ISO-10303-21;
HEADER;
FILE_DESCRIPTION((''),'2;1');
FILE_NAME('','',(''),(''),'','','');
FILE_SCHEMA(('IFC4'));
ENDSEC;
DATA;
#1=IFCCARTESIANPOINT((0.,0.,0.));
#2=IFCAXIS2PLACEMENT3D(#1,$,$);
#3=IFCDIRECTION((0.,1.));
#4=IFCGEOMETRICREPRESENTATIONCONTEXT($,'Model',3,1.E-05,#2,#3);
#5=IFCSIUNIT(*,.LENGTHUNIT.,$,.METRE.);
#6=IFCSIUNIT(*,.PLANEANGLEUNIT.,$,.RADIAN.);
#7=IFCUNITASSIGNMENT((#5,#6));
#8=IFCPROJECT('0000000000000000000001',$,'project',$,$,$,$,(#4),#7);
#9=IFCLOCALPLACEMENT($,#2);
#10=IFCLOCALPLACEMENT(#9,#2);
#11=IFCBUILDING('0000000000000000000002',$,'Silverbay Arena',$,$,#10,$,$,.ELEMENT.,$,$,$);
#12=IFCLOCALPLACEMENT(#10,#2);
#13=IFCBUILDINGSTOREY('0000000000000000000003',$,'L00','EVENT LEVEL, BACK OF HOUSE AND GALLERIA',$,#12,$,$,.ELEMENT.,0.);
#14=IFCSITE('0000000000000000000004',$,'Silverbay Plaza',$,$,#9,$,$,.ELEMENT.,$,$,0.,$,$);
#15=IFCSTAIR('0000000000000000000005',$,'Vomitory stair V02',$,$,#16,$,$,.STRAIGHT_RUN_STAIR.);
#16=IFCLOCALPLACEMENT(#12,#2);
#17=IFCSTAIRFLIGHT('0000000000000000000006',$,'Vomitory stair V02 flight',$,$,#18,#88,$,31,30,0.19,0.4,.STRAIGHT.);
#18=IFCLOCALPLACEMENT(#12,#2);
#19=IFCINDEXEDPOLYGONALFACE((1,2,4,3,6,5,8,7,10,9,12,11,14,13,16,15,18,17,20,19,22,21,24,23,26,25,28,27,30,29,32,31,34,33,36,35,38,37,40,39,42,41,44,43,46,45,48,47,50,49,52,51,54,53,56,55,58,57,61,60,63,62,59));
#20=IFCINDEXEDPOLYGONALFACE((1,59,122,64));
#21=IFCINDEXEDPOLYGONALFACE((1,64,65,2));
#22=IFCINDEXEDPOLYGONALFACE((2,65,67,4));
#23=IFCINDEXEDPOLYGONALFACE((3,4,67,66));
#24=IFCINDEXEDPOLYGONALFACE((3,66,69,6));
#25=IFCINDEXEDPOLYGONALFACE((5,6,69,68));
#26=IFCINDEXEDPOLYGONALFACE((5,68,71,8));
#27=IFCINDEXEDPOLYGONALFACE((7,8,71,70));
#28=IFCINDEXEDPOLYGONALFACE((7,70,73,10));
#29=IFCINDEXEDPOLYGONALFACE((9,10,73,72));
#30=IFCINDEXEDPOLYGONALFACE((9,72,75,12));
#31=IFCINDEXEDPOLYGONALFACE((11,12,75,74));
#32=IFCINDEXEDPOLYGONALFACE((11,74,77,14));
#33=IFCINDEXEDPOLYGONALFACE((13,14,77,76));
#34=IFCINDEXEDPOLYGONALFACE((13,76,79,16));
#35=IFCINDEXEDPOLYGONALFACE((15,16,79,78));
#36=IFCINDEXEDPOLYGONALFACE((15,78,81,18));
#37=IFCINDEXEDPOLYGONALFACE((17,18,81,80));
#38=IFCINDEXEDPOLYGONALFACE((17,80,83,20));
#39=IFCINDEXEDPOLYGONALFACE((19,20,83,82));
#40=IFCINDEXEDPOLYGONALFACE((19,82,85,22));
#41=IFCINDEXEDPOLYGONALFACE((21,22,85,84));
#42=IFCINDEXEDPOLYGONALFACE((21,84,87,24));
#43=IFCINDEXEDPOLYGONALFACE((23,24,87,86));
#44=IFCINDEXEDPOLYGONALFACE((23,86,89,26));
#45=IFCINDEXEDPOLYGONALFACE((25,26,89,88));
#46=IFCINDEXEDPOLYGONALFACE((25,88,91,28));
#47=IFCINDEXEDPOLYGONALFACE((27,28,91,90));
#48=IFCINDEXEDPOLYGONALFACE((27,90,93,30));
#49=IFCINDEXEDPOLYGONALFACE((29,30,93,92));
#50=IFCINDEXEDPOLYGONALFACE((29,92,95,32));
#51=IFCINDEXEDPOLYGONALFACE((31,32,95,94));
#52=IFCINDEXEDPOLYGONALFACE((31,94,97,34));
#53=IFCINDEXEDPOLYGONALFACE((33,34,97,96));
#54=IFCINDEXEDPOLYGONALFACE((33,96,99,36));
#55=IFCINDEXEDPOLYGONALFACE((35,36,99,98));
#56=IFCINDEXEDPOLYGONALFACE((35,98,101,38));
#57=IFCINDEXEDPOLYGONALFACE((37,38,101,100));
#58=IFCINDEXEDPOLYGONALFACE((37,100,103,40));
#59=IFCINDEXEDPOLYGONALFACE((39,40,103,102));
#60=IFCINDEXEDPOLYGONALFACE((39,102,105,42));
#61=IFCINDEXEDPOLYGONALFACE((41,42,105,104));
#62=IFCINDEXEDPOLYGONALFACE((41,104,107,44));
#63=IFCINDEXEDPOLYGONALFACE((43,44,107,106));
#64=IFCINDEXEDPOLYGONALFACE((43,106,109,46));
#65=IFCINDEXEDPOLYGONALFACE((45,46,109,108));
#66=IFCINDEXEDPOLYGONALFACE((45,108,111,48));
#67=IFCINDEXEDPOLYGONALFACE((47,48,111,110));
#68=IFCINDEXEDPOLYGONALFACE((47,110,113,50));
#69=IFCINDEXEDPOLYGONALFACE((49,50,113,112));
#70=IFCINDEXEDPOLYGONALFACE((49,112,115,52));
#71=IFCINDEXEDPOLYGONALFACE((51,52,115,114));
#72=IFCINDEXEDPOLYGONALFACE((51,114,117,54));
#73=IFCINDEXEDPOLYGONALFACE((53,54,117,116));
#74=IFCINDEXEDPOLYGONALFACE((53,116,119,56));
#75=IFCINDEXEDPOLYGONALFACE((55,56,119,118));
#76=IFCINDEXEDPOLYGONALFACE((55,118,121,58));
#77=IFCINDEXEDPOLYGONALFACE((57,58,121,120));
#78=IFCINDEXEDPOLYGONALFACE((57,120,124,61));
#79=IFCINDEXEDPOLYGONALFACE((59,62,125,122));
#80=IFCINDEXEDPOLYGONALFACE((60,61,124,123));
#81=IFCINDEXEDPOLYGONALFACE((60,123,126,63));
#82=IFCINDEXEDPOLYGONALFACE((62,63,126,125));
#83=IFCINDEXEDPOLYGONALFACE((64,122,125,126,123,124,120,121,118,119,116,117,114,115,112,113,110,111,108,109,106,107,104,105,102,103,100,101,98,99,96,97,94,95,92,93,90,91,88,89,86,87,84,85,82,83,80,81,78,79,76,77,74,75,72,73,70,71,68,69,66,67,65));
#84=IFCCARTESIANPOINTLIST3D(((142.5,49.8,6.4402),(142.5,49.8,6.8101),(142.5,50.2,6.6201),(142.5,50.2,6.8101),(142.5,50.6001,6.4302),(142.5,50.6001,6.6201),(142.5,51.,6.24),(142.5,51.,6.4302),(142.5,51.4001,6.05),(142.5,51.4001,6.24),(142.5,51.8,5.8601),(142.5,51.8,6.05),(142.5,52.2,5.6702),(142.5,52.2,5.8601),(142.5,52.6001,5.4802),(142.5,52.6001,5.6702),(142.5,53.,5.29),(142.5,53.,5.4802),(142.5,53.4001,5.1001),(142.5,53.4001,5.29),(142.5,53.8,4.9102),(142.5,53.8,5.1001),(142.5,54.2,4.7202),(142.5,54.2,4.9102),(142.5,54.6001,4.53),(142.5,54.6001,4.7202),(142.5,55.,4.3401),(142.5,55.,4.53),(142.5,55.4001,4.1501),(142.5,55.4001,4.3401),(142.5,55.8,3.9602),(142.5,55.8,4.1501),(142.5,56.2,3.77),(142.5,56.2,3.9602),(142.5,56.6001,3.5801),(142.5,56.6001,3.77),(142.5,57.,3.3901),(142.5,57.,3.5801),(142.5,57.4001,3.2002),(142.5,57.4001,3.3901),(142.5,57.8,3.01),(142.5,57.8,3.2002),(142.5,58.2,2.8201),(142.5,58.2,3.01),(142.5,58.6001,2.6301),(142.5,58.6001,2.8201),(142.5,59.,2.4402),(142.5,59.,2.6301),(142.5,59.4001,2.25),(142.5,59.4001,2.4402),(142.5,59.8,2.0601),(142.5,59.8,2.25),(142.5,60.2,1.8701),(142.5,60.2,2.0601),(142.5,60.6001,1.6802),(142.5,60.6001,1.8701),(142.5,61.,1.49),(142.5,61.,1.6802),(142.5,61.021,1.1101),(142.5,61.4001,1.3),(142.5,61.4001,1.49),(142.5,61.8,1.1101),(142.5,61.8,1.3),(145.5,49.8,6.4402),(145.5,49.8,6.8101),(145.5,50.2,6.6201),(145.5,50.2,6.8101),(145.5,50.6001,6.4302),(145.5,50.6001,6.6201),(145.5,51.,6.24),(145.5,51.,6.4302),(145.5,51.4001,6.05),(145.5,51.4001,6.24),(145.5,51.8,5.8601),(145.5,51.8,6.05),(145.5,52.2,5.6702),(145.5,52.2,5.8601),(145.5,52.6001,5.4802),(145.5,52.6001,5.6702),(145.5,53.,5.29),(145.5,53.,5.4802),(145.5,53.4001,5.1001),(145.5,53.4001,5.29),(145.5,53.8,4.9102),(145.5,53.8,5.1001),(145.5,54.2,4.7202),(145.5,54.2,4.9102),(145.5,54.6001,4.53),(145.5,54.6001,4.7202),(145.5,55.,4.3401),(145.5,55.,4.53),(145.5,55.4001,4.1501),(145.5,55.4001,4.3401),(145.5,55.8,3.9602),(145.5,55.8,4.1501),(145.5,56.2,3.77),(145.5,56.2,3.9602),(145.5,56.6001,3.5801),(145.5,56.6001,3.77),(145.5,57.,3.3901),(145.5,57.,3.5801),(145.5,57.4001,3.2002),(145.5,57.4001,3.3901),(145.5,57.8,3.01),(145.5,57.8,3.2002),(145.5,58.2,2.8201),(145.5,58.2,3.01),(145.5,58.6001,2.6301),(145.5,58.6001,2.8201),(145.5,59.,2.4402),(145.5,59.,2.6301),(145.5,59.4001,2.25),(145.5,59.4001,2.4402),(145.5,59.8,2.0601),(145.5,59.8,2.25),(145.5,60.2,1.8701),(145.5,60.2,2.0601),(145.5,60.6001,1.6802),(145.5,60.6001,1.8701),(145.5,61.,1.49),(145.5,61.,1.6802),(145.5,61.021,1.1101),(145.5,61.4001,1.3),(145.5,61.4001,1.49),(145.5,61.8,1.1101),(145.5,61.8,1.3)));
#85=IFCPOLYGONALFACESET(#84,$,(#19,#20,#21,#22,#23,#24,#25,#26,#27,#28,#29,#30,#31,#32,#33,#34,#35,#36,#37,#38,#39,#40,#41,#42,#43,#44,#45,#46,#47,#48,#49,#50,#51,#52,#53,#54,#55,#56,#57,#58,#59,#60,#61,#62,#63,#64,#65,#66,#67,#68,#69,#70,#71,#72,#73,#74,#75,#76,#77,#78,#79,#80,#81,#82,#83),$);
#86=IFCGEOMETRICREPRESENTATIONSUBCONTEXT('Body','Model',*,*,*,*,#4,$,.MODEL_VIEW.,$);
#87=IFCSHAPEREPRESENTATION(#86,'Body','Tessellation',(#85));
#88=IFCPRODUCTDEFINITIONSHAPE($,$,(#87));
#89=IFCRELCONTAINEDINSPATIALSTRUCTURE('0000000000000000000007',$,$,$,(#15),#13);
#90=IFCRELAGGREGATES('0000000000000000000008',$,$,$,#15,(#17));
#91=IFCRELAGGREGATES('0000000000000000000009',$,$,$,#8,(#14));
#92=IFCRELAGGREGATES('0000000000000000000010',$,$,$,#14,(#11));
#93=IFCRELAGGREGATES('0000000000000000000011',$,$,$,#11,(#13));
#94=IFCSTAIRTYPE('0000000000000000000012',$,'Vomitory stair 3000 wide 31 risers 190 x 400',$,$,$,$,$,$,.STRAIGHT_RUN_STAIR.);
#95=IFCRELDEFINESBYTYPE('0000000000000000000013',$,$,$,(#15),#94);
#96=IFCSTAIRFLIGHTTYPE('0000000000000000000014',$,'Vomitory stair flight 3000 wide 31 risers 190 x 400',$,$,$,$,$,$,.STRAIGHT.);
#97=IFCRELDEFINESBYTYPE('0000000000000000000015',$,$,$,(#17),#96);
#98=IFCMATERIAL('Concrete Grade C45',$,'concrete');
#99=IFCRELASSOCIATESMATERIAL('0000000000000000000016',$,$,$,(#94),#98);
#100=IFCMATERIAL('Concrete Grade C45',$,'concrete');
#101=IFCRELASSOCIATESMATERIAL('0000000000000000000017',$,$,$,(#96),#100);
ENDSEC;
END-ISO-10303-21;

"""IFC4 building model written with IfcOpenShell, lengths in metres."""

from ifc_helpers import new_model, si_unit, direction, frame, origin, place, context, subcontext, project, spatial, polyline, outline, extrude, material, type_object, element, aggregate, save


model = new_model("IFC4")

# Units and contexts
model_context = context("Model", 3, precision=1e-05, world=origin(), true_north=direction((0.0, 1.0)))
body_context = subcontext(model_context, "Body", "Model", "MODEL_VIEW")
ifc_project = project(units=[si_unit("LENGTHUNIT", "METRE"), si_unit("PLANEANGLEUNIT", "RADIAN")], contexts=[model_context])

# Site, building, storey
site_placement = place(None, origin())
site = spatial("IfcSite", under=ifc_project, at=site_placement, Name="Silverbay Plaza", CompositionType="ELEMENT", RefElevation=0.0)
building_placement = place(site_placement, origin())
building = spatial("IfcBuilding", under=site, at=building_placement, Name="Silverbay Arena", CompositionType="ELEMENT")
storey_placement = place(building_placement, origin())
storey = spatial("IfcBuildingStorey", under=building, at=storey_placement, Name="L00", Description="EVENT LEVEL, BACK OF HOUSE AND GALLERIA", CompositionType="ELEMENT", Elevation=0.0)

# Stair, stair flight
ifc_material_1 = material(Name="Concrete Grade C45", Category="concrete")
stair_type = type_object("IfcStairType", Name="Vomitory stair 3000 wide 31 risers 190 x 400", PredefinedType="STRAIGHT_RUN_STAIR", material=ifc_material_1)
ifc_material_2 = material(Name="Concrete Grade C45", Category="concrete")
stair_flight_type = type_object("IfcStairFlightType", Name="Vomitory stair flight 3000 wide 31 risers 190 x 400", PredefinedType="STRAIGHT", material=ifc_material_2)
stair_1_placement = place(storey_placement, origin())
stair_1 = element("IfcStair", 1, at=stair_1_placement, inside=storey, type_object=stair_type, Name="Vomitory stair V02", PredefinedType="STRAIGHT_RUN_STAIR")
stair_flight_1_placement = place(storey_placement, frame((144.0, 61.8, 1.1101), z_axis=(0.0, 0.0, 1.0), x_axis=(0.0, -1.0, 0.0)))
stair_flight_1 = element("IfcStairFlight", 2, at=stair_flight_1_placement, type_object=stair_flight_type, Name="Vomitory stair V02 flight", NumberOfRisers=31, NumberOfTreads=30, PredefinedType="STRAIGHT", RiserHeight=0.19, TreadLength=0.4, context=body_context, shape_type="SweptSolid", body=[
    extrude(outline(polyline([(0.0, 0.0), (0.0, 0.1899), (0.3999, 0.1899), (0.3999, 0.3799), (0.8, 0.3799), (0.8, 0.5701), (1.2, 0.5701), (1.2, 0.76), (1.6001, 0.76), (1.6001, 0.95), (2.0, 0.95), (2.0, 1.1399), (2.3999, 1.1399), (2.3999, 1.3301), (2.8, 1.3301), (2.8, 1.52), (3.2, 1.52), (3.2, 1.71), (3.6001, 1.71), (3.6001, 1.8999), (4.0, 1.8999), (4.0, 2.0901), (4.3999, 2.0901), (4.3999, 2.28), (4.8, 2.28), (4.8, 2.47), (5.2, 2.47), (5.2, 2.6599), (5.6001, 2.6599), (5.6001, 2.8501), (6.0, 2.8501), (6.0, 3.04), (6.3999, 3.04), (6.3999, 3.23), (6.8, 3.23), (6.8, 3.4199), (7.2, 3.4199), (7.2, 3.6101), (7.6001, 3.6101), (7.6001, 3.8), (8.0, 3.8), (8.0, 3.99), (8.3999, 3.99), (8.3999, 4.1799), (8.8, 4.1799), (8.8, 4.3701), (9.2, 4.3701), (9.2, 4.5601), (9.6001, 4.5601), (9.6001, 4.75), (10.0, 4.75), (10.0, 4.9399), (10.3999, 4.9399), (10.3999, 5.1299), (10.8, 5.1299), (10.8, 5.3201), (11.2, 5.3201), (11.2, 5.51), (11.6001, 5.51), (11.6001, 5.7), (12.0, 5.7), (12.0, 5.3301), (0.7791, 0.0), (0.0, 0.0)])), frame((0.0, 1.5, 0.0), z_axis=(0.0, -1.0, 0.0), x_axis=(1.0, 0.0, 0.0)), (0.0, 0.0, 1.0), 3.0),
])
aggregate(stair_1, [stair_flight_1])

save(model, "model.ifc")
